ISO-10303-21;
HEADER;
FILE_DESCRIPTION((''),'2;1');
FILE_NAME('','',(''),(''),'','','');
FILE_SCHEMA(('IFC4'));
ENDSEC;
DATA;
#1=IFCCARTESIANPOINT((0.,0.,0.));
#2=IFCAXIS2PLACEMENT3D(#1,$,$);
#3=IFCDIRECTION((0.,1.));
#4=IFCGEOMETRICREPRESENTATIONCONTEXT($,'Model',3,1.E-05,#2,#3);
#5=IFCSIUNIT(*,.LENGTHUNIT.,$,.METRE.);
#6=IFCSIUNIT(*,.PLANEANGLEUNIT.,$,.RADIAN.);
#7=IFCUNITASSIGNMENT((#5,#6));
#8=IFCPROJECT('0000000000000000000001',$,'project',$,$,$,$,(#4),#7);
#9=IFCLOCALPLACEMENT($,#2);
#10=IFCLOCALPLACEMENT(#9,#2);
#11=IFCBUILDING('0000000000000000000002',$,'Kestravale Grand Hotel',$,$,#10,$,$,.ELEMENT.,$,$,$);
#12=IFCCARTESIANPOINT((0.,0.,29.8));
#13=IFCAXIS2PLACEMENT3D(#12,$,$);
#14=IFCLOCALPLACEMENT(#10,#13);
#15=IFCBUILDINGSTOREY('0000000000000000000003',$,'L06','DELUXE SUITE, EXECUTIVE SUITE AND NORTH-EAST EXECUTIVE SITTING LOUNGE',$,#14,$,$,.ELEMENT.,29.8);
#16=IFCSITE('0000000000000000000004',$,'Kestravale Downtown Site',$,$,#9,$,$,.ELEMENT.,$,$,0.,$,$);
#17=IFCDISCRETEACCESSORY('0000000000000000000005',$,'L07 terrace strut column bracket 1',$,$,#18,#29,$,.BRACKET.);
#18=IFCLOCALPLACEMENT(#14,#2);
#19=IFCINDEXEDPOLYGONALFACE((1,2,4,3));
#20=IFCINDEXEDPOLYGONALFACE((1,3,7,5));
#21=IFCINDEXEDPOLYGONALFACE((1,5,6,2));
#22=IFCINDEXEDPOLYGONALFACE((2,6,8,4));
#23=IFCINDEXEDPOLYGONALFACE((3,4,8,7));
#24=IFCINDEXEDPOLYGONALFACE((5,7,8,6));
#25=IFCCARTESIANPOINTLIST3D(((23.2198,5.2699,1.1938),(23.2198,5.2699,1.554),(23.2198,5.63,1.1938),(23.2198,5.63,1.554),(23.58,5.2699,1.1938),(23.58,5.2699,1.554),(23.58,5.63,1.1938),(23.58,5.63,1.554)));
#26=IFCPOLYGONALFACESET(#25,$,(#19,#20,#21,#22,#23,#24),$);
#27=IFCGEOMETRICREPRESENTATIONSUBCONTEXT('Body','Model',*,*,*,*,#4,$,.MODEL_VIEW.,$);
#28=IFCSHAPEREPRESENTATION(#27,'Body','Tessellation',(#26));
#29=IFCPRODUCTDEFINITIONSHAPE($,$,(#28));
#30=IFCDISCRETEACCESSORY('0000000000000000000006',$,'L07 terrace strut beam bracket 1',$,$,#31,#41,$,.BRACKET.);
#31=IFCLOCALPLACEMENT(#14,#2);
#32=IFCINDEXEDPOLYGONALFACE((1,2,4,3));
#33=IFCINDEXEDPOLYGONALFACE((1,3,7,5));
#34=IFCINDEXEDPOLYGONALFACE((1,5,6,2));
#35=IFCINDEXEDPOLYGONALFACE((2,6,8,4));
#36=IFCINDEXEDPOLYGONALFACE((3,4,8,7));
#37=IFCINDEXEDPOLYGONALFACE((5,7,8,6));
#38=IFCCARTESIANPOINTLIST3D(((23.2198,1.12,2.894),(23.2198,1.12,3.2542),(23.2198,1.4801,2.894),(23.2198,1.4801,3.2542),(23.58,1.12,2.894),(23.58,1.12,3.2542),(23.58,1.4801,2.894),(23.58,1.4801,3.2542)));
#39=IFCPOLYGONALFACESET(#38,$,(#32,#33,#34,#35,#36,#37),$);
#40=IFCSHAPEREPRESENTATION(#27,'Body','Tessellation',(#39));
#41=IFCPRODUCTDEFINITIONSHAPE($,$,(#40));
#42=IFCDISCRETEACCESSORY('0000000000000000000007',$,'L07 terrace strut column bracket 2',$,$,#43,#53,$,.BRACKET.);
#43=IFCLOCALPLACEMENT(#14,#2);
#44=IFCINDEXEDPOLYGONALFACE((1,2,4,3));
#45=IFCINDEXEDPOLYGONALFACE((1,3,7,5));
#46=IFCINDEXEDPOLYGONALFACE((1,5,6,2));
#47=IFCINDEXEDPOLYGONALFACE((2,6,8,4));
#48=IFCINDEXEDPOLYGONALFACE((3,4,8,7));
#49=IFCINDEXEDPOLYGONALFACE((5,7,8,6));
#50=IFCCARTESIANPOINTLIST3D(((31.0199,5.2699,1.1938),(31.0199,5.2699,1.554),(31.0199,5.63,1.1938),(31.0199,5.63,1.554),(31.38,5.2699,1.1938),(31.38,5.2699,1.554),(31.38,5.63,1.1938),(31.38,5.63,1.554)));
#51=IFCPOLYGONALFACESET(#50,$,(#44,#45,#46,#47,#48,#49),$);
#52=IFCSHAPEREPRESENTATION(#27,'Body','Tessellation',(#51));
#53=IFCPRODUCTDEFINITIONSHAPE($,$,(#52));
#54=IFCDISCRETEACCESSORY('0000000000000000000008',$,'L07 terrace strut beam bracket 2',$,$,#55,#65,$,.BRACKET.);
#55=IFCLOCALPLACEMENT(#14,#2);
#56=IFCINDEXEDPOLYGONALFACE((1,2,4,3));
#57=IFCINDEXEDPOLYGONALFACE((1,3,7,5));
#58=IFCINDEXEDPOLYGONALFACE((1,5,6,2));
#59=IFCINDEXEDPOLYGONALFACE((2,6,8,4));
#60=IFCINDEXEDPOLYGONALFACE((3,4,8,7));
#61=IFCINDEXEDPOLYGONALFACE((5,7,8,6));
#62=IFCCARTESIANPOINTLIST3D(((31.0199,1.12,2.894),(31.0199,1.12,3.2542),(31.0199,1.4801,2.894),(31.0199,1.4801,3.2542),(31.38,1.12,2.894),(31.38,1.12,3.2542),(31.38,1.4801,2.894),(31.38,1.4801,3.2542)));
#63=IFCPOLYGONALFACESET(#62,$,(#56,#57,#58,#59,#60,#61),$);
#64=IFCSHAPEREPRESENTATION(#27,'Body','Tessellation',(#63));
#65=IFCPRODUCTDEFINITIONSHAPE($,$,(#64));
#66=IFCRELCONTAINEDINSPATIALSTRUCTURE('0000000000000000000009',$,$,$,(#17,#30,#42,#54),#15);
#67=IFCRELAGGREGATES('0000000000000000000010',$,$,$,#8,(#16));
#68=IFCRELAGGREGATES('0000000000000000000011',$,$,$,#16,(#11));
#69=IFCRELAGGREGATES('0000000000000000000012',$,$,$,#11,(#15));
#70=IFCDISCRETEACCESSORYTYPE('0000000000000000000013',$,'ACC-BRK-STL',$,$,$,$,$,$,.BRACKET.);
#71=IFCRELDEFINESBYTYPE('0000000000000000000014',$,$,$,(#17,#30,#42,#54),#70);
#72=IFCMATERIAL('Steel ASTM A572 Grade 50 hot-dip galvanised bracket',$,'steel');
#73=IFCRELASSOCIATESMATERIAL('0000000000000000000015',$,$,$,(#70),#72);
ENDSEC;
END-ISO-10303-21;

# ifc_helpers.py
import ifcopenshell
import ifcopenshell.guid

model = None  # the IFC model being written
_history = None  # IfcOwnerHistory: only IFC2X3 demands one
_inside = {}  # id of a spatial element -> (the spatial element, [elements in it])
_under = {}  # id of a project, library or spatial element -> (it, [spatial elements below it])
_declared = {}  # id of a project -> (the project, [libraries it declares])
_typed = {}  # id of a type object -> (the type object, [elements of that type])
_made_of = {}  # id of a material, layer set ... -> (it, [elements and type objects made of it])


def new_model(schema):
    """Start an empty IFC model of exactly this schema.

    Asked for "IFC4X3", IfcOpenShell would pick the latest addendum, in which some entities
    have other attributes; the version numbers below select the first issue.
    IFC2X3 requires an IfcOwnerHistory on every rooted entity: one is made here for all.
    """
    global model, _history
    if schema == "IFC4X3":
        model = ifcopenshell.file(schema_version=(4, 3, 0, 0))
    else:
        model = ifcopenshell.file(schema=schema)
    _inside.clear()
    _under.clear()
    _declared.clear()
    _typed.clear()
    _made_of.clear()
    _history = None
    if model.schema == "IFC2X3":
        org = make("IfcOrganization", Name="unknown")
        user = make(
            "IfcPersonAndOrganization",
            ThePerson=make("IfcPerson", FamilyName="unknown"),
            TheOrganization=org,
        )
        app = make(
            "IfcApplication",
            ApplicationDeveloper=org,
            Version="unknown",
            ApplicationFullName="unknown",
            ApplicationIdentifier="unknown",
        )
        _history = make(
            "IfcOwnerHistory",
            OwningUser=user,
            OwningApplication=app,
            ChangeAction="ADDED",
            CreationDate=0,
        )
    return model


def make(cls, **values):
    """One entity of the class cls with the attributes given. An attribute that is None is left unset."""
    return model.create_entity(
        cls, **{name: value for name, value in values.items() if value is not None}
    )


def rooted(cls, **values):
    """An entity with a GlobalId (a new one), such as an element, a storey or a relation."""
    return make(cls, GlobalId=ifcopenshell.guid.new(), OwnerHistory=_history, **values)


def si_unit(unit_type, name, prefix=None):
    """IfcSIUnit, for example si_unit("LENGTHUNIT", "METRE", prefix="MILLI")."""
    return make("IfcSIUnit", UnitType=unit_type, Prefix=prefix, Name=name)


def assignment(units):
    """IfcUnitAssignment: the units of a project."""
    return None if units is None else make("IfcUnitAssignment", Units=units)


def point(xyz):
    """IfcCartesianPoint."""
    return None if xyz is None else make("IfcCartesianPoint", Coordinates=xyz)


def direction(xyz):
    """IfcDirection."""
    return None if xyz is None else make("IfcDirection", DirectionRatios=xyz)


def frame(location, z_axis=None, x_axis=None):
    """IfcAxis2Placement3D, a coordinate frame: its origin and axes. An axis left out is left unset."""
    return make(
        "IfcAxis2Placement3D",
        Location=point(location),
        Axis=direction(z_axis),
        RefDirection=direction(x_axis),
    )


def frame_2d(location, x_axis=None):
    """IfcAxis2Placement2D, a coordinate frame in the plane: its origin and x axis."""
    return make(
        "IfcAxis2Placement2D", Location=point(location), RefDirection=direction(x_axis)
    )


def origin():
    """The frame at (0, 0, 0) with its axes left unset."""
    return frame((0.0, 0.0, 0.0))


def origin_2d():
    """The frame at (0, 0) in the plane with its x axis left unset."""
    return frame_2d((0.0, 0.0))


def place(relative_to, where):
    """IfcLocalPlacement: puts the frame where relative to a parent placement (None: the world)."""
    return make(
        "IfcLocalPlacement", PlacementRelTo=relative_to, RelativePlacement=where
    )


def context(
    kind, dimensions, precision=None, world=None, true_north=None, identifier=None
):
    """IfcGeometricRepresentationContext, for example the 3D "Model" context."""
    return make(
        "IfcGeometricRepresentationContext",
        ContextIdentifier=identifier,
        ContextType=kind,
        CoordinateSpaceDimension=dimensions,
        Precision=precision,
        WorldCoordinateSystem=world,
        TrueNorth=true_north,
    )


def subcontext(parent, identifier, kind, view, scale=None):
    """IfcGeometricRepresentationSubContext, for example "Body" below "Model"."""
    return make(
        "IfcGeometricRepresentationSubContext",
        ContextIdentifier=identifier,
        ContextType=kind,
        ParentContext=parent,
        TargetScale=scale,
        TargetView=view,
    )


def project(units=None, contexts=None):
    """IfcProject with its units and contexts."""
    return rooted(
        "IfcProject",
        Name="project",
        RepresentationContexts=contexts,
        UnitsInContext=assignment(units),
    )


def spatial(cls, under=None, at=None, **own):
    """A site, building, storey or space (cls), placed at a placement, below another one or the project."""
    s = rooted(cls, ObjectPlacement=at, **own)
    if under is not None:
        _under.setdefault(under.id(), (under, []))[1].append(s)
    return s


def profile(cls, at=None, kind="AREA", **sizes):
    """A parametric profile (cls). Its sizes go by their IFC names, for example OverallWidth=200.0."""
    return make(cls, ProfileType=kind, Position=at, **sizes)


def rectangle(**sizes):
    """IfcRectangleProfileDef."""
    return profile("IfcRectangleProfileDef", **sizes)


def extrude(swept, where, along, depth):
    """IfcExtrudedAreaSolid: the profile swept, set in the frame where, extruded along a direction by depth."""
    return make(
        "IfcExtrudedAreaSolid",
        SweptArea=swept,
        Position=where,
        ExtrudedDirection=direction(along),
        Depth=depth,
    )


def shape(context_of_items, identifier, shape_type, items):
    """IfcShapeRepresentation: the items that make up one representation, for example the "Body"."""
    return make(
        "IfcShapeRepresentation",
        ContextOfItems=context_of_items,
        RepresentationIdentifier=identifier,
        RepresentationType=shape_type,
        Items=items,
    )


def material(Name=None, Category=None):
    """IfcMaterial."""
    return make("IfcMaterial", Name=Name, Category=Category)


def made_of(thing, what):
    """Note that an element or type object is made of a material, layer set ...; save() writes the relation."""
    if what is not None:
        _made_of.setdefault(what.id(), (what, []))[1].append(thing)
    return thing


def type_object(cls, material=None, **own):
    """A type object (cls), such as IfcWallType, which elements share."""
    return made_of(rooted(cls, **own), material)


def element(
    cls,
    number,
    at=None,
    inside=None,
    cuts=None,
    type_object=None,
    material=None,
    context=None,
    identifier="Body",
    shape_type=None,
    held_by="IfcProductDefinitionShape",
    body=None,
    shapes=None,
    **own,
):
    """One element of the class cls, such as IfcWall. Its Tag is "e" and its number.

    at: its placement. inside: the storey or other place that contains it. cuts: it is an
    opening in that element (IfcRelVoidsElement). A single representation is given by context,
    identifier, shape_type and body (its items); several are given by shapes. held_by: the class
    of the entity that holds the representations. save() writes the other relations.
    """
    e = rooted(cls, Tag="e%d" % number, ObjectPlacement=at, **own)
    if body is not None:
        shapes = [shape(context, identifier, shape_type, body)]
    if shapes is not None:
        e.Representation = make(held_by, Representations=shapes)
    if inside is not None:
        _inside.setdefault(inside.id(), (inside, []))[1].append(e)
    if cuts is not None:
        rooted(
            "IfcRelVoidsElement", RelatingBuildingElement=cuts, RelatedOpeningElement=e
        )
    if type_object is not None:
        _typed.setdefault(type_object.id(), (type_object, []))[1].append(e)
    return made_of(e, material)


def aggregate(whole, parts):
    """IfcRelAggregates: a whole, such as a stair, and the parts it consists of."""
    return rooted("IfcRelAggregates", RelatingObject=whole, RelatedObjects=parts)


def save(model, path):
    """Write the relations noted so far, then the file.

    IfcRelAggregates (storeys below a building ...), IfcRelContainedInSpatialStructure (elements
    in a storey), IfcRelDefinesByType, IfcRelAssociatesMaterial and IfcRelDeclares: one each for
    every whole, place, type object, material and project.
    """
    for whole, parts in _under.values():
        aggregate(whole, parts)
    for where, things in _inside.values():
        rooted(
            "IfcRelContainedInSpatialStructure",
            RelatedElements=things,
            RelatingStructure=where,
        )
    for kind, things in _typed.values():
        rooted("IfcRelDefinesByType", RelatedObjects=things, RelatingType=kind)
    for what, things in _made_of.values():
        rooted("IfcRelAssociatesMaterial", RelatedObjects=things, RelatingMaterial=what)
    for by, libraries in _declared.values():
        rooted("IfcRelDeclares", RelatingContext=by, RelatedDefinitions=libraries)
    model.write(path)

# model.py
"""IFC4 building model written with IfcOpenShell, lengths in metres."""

from ifc_helpers import new_model, si_unit, direction, frame, origin, origin_2d, place, context, subcontext, project, spatial, rectangle, extrude, material, type_object, element, save


model = new_model("IFC4")

# Units and contexts
model_context = context("Model", 3, precision=1e-05, world=origin(), true_north=direction((0.0, 1.0)))
body_context = subcontext(model_context, "Body", "Model", "MODEL_VIEW")
ifc_project = project(units=[si_unit("LENGTHUNIT", "METRE"), si_unit("PLANEANGLEUNIT", "RADIAN")], contexts=[model_context])

# Site, building, storey
site_placement = place(None, origin())
site = spatial("IfcSite", under=ifc_project, at=site_placement, Name="Kestravale Downtown Site", CompositionType="ELEMENT", RefElevation=0.0)
building_placement = place(site_placement, origin())
building = spatial("IfcBuilding", under=site, at=building_placement, Name="Kestravale Grand Hotel", CompositionType="ELEMENT")
storey_placement = place(building_placement, frame((0.0, 0.0, 29.8)))
storey = spatial("IfcBuildingStorey", under=building, at=storey_placement, Name="L06", Description="DELUXE SUITE, EXECUTIVE SUITE AND NORTH-EAST EXECUTIVE SITTING LOUNGE", CompositionType="ELEMENT", Elevation=29.8)

# Discrete accessories
ifc_material_1 = material(Name="Steel ASTM A572 Grade 50 hot-dip galvanised bracket", Category="steel")
discrete_accessory_type = type_object("IfcDiscreteAccessoryType", Name="ACC-BRK-STL", PredefinedType="BRACKET", material=ifc_material_1)
for number, where, z_axis, x_axis, name in (
    (1, (23.3999, 5.45, 1.1938), (0.0, 0.0, 1.0), (1.0, 0.0, 0.0), "L07 terrace strut column bracket 1"),
    (2, (23.3999, 1.3, 2.894), (0.0, 0.0, 1.0), (1.0, 0.0, 0.0), "L07 terrace strut beam bracket 1"),
    (3, (31.2, 5.45, 1.1938), (0.0, 0.0, 1.0), (1.0, 0.0, 0.0), "L07 terrace strut column bracket 2"),
    (4, (31.2, 1.3, 2.894), (0.0, 0.0, 1.0), (1.0, 0.0, 0.0), "L07 terrace strut beam bracket 2"),
):
    element("IfcDiscreteAccessory", number, at=place(storey_placement, frame(where, z_axis=z_axis, x_axis=x_axis)), inside=storey, type_object=discrete_accessory_type, Name=name, PredefinedType="BRACKET", context=body_context, shape_type="SweptSolid", body=[
        extrude(rectangle(XDim=0.3601, YDim=0.3601, at=origin_2d()), origin(), (0.0, 0.0, 1.0), 0.3601),
    ])

save(model, "model.ifc")
